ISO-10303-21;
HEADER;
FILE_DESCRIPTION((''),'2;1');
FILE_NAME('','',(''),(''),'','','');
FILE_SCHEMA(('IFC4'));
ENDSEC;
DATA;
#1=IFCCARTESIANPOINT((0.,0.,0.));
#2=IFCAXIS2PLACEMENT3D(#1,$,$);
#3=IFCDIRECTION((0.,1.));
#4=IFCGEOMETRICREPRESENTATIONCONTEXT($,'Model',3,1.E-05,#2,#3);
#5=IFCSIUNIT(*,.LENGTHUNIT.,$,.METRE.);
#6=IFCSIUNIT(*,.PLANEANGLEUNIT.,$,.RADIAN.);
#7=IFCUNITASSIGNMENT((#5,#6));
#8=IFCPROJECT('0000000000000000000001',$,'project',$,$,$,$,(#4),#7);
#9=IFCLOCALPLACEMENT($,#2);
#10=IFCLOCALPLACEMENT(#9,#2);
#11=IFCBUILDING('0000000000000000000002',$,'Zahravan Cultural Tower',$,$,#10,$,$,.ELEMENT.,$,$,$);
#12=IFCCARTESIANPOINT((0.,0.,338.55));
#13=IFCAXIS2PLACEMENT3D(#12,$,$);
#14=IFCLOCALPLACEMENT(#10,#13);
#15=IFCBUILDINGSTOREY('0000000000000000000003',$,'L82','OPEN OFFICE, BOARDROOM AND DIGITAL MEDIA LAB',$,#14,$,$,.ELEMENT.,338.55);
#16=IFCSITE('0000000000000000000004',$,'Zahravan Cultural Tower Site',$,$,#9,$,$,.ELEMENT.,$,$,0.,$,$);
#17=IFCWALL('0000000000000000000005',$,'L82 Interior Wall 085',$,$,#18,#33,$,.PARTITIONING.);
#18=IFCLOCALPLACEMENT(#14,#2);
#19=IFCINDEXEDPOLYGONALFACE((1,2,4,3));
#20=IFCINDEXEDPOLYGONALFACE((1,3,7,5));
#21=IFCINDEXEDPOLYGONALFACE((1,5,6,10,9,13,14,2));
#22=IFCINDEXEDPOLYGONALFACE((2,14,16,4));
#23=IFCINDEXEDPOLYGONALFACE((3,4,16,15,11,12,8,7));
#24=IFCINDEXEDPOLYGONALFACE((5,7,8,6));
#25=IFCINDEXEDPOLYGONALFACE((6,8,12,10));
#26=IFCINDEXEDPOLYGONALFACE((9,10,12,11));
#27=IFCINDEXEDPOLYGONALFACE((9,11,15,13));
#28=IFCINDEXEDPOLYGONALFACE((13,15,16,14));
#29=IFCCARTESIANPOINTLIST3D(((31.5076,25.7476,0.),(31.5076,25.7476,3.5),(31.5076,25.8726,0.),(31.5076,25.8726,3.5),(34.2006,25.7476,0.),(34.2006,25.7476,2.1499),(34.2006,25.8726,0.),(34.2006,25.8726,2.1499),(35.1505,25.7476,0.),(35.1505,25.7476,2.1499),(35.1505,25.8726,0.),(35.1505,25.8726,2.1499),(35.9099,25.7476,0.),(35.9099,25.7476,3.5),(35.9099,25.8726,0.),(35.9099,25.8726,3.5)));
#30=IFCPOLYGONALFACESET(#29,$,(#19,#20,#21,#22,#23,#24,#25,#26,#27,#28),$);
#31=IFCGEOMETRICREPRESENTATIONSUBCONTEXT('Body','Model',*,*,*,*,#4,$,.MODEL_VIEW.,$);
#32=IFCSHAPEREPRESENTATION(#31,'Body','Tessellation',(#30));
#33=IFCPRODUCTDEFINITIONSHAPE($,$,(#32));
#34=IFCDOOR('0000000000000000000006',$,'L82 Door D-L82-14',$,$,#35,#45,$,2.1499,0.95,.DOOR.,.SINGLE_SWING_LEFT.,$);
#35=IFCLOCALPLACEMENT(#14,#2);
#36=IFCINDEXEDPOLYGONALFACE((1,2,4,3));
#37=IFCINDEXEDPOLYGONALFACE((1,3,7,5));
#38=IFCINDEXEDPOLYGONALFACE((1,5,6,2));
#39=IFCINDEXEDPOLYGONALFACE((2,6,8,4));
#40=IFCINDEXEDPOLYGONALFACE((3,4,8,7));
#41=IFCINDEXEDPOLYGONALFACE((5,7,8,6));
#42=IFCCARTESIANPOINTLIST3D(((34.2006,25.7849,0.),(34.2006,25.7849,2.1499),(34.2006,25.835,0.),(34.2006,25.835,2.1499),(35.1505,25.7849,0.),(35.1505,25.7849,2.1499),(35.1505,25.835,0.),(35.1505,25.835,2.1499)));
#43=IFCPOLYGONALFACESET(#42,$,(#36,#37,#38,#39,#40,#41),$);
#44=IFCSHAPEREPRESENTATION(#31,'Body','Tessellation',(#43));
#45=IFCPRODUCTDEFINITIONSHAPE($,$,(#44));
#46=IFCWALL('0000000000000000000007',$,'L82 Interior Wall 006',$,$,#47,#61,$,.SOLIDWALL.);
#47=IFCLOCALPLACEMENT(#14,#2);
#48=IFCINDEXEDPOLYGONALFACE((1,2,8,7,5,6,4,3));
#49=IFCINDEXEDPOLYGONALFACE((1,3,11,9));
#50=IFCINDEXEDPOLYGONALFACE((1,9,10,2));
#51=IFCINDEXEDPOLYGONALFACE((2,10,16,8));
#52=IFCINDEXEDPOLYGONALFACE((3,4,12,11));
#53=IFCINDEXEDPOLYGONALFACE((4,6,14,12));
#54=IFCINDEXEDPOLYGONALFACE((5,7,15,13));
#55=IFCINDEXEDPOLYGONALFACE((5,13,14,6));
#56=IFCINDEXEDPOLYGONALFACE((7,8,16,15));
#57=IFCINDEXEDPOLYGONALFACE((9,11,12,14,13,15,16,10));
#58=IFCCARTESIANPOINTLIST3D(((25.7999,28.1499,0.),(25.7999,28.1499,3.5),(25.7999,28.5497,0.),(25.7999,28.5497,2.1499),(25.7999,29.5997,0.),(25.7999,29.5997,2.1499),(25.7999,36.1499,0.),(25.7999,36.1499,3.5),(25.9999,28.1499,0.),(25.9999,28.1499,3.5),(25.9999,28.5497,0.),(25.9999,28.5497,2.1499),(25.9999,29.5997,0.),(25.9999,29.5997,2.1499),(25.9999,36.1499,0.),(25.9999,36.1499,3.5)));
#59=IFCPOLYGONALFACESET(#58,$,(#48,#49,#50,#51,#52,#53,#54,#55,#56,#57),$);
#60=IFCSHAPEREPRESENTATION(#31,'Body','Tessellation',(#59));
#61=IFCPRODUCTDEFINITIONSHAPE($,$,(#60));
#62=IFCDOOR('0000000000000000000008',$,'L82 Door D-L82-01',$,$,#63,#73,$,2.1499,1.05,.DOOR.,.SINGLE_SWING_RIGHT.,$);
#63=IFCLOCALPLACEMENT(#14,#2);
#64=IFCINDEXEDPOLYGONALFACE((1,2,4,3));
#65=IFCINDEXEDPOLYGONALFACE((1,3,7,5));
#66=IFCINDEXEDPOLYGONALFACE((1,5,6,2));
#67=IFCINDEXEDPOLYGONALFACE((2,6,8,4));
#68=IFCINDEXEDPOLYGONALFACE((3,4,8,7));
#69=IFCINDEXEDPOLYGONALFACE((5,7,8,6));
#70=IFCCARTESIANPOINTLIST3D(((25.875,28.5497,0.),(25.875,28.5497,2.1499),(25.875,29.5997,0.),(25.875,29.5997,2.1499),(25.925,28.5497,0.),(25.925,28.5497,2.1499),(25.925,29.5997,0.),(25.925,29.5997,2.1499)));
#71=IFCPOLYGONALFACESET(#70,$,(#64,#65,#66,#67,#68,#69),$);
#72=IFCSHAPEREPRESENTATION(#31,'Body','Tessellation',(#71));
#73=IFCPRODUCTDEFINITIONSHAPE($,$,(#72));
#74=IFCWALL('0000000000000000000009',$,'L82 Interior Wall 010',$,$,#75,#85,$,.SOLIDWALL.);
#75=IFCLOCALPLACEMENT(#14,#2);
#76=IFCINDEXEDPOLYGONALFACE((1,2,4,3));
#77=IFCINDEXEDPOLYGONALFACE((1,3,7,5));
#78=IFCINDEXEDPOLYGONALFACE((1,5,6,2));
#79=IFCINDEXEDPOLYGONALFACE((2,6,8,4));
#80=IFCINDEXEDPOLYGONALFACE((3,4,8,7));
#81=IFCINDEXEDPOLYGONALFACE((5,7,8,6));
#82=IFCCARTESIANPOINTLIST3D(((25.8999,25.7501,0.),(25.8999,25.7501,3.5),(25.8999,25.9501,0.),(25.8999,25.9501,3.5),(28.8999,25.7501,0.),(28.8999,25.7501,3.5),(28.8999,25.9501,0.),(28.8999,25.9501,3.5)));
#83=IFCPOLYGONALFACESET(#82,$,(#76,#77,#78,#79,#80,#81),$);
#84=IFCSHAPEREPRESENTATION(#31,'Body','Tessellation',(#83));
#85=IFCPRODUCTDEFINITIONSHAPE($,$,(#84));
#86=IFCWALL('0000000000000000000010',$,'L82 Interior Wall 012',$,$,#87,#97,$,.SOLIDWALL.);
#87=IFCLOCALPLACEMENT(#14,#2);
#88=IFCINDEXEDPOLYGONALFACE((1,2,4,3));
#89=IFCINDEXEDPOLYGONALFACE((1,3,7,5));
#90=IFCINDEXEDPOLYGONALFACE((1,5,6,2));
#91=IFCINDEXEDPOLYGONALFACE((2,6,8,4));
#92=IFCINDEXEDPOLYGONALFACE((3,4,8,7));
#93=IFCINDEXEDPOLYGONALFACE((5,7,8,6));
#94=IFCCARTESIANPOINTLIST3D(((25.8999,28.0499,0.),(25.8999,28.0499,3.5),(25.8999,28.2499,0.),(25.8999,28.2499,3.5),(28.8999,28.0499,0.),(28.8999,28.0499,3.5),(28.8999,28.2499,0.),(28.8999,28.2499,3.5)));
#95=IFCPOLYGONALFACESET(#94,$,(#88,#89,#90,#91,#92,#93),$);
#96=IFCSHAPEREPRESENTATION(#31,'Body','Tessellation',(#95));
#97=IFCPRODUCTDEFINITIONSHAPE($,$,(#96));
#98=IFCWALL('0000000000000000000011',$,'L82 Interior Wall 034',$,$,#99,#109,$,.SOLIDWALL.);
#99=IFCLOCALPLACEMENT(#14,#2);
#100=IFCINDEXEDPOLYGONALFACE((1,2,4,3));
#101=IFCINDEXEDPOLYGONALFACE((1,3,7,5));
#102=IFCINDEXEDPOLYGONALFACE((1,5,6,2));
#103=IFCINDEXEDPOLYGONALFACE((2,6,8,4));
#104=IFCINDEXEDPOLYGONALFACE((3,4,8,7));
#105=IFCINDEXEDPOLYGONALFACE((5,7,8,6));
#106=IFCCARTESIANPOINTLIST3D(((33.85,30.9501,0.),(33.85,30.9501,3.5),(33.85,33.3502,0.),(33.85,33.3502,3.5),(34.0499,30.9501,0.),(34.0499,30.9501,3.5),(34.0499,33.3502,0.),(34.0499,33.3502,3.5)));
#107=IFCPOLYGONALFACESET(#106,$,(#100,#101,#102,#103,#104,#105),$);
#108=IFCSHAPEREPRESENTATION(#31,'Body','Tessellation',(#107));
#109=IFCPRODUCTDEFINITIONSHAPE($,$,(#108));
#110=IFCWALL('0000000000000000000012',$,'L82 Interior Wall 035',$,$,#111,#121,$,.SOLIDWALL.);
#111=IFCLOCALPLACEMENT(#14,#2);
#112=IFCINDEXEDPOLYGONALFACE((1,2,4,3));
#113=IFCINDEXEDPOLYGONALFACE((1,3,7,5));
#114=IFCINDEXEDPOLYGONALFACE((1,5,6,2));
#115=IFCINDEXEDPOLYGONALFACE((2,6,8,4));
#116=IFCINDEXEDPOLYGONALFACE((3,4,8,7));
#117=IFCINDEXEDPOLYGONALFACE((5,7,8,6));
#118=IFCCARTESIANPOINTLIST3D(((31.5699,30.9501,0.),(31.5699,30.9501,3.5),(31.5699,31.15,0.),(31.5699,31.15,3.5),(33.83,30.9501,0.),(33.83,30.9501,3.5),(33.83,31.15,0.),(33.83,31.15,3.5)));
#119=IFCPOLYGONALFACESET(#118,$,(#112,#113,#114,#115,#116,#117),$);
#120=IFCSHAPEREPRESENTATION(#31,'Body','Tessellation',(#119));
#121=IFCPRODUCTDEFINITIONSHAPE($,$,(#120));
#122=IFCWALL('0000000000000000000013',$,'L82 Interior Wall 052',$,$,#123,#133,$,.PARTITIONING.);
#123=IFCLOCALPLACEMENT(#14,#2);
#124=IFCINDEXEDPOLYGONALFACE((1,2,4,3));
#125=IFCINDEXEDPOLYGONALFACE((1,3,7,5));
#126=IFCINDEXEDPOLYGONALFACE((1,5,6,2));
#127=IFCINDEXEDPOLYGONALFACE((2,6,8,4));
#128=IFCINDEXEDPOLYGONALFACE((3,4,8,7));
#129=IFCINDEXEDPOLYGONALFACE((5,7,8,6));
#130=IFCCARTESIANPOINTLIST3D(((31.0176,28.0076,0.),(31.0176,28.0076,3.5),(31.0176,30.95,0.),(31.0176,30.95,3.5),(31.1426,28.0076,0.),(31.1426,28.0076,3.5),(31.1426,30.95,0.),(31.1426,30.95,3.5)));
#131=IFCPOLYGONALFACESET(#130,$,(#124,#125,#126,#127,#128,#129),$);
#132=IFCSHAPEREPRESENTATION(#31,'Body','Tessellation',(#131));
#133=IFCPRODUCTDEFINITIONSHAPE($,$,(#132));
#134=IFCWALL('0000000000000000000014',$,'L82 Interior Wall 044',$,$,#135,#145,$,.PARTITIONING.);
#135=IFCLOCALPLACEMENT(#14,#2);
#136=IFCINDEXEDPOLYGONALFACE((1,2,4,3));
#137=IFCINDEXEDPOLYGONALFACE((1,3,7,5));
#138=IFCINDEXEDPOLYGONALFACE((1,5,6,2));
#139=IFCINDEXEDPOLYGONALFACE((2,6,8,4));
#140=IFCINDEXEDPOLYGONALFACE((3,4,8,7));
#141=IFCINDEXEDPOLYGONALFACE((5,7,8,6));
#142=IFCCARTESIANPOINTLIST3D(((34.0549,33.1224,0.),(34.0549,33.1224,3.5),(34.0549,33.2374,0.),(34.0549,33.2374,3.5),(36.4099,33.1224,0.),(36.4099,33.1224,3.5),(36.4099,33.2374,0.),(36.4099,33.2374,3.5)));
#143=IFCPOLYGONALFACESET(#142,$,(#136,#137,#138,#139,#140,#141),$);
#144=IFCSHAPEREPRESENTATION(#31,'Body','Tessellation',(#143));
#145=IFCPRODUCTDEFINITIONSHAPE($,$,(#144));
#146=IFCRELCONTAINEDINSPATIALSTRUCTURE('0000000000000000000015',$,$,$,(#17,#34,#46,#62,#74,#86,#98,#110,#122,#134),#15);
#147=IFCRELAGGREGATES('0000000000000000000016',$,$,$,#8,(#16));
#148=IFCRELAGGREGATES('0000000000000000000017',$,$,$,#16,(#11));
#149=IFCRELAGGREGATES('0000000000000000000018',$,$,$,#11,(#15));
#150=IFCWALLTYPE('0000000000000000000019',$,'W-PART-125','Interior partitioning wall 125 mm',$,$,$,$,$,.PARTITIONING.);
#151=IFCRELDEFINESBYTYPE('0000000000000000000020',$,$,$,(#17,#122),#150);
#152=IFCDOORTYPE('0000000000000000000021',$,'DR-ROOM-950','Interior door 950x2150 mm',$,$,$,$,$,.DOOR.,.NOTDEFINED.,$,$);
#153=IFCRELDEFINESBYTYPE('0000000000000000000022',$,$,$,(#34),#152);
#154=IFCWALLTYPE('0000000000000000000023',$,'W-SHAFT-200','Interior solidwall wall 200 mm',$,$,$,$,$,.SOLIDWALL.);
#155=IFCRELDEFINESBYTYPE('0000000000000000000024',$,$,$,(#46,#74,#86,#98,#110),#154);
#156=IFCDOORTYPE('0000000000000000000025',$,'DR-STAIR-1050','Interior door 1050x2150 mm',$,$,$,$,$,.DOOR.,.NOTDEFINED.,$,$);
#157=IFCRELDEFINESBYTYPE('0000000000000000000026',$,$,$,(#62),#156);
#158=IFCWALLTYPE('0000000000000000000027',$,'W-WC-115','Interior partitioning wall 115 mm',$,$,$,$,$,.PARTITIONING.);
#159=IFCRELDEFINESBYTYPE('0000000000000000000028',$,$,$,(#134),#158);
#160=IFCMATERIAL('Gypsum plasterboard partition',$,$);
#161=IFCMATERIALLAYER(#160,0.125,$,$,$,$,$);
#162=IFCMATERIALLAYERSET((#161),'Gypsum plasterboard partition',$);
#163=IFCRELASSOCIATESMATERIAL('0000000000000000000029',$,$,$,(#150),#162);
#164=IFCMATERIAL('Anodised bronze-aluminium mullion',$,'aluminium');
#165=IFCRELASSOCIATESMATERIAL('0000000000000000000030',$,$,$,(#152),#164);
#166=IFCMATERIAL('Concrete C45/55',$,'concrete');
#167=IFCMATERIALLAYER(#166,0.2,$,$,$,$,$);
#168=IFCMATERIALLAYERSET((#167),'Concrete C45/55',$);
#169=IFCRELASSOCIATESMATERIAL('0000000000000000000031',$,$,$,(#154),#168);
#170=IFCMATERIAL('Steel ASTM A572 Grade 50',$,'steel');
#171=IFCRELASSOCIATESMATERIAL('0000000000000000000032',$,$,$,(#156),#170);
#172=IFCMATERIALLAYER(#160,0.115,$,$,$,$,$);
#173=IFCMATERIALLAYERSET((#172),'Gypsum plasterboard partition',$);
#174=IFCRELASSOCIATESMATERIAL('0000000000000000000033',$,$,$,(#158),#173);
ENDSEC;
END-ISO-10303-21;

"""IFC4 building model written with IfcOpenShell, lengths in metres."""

from ifc_helpers import new_model, si_unit, direction, frame, frame_2d, origin, place, context, subcontext, project, spatial, rectangle, extrude, source, transform, mapped, material, layer, layer_set, type_object, element, fill, save


model = new_model("IFC4")

# Units and contexts
model_context = context("Model", 3, precision=1e-05, world=origin(), true_north=direction((0.0, 1.0)))
body_context = subcontext(model_context, "Body", "Model", "MODEL_VIEW")
ifc_project = project(units=[si_unit("LENGTHUNIT", "METRE"), si_unit("PLANEANGLEUNIT", "RADIAN")], contexts=[model_context])

# Site, building, storey
site_placement = place(None, origin())
site = spatial("IfcSite", under=ifc_project, at=site_placement, Name="Zahravan Cultural Tower Site", CompositionType="ELEMENT", RefElevation=0.0)
building_placement = place(site_placement, origin())
building = spatial("IfcBuilding", under=site, at=building_placement, Name="Zahravan Cultural Tower", CompositionType="ELEMENT")
storey_placement = place(building_placement, frame((0.0, 0.0, 338.55)))
storey = spatial("IfcBuildingStorey", under=building, at=storey_placement, Name="L82", Description="OPEN OFFICE, BOARDROOM AND DIGITAL MEDIA LAB", CompositionType="ELEMENT", Elevation=338.55)

# Walls, openings, doors
ifc_material_1 = material(Name="Steel ASTM A572 Grade 50", Category="steel")
ifc_material_2 = material(Name="Gypsum plasterboard partition")
ifc_layer_1 = layer(ifc_material_2, 0.125)
ifc_layer_set_1 = layer_set([ifc_layer_1], Name="Gypsum plasterboard partition")
wall_type_1 = type_object("IfcWallType", Name="W-PART-125", Description="Interior partitioning wall 125 mm", PredefinedType="PARTITIONING", material=ifc_layer_set_1)
ifc_material_3 = material(Name="Anodised bronze-aluminium mullion", Category="aluminium")
door_type_1 = type_object("IfcDoorType", Name="DR-ROOM-950", Description="Interior door 950x2150 mm", OperationType="NOTDEFINED", PredefinedType="DOOR", material=ifc_material_3)
shared_shape_1 = source(origin(), body_context, "Body", "SweptSolid", [
    extrude(rectangle(XDim=0.95, YDim=2.1499, at=frame_2d((0.4751, 1.075))), frame((0.0, 0.0249, 0.0), z_axis=(0.0, -1.0, 0.0), x_axis=(1.0, 0.0, 0.0)), (0.0, 0.0, 1.0), 0.05),
])
wall_1_placement = place(storey_placement, frame((31.5076, 25.8101, 0.0), z_axis=(0.0, 0.0, 1.0), x_axis=(1.0, 0.0, 0.0)))
wall_1 = element("IfcWall", 1, at=wall_1_placement, inside=storey, type_object=wall_type_1, Name="L82 Interior Wall 085", PredefinedType="PARTITIONING", context=body_context, shape_type="SweptSolid", body=[
    extrude(rectangle(XDim=4.4023, YDim=0.125, at=frame_2d((2.2012, 0.0))), origin(), (0.0, 0.0, 1.0), 3.5),
])
opening_1_placement = place(wall_1_placement, frame((2.6929, 0.0, 0.0)))
opening_1 = element("IfcOpeningElement", 2, at=opening_1_placement, cuts=wall_1, PredefinedType="OPENING", context=body_context, shape_type="SweptSolid", body=[
    extrude(rectangle(XDim=0.95, YDim=2.1499, at=frame_2d((0.4751, 1.075))), frame((0.0, 0.0725, 0.0), z_axis=(0.0, -1.0, 0.0), x_axis=(1.0, 0.0, 0.0)), (0.0, 0.0, 1.0), 0.145),
])
door_1_placement = place(opening_1_placement, origin())
door_1 = element("IfcDoor", 3, at=door_1_placement, inside=storey, type_object=door_type_1, Name="L82 Door D-L82-14", OperationType="SINGLE_SWING_LEFT", OverallHeight=2.1499, OverallWidth=0.95, PredefinedType="DOOR", context=body_context, shape_type="MappedRepresentation", body=[
    mapped(shared_shape_1, transform((0.0, 0.0, 0.0), x_axis=(1.0, 0.0, 0.0), y_axis=(0.0, 1.0, 0.0), z_axis=(0.0, 0.0, 1.0), scale=1.0)),
])
fill(opening_1, door_1)
ifc_material_4 = material(Name="Concrete C45/55", Category="concrete")
ifc_layer_2 = layer(ifc_material_4, 0.2)
ifc_layer_set_2 = layer_set([ifc_layer_2], Name="Concrete C45/55")
wall_type_2 = type_object("IfcWallType", Name="W-SHAFT-200", Description="Interior solidwall wall 200 mm", PredefinedType="SOLIDWALL", material=ifc_layer_set_2)
wall_2_placement = place(storey_placement, frame((25.8999, 28.1499, 0.0), z_axis=(0.0, 0.0, 1.0), x_axis=(0.0, 1.0, 0.0)))
wall_2 = element("IfcWall", 4, at=wall_2_placement, inside=storey, type_object=wall_type_2, Name="L82 Interior Wall 006", PredefinedType="SOLIDWALL", context=body_context, shape_type="SweptSolid", body=[
    extrude(rectangle(XDim=8.0, YDim=0.2, at=frame_2d((4.0, 0.0))), origin(), (0.0, 0.0, 1.0), 3.5),
])
opening_2_placement = place(wall_2_placement, frame((0.3999, 0.0, 0.0)))
opening_2 = element("IfcOpeningElement", 5, at=opening_2_placement, cuts=wall_2, PredefinedType="OPENING", context=body_context, shape_type="SweptSolid", body=[
    extrude(rectangle(XDim=1.05, YDim=2.1499, at=frame_2d((0.5249, 1.075))), frame((0.0, 0.1099, 0.0), z_axis=(0.0, -1.0, 0.0), x_axis=(1.0, 0.0, 0.0)), (0.0, 0.0, 1.0), 0.22),
])
door_type_2 = type_object("IfcDoorType", Name="DR-STAIR-1050", Description="Interior door 1050x2150 mm", OperationType="NOTDEFINED", PredefinedType="DOOR", material=ifc_material_1)
shared_shape_2 = source(origin(), body_context, "Body", "SweptSolid", [
    extrude(rectangle(XDim=1.05, YDim=2.1499, at=frame_2d((0.5249, 1.075))), frame((0.0, 0.0249, 0.0), z_axis=(0.0, -1.0, 0.0), x_axis=(1.0, 0.0, 0.0)), (0.0, 0.0, 1.0), 0.05),
])
door_2_placement = place(opening_2_placement, origin())
door_2 = element("IfcDoor", 6, at=door_2_placement, inside=storey, type_object=door_type_2, Name="L82 Door D-L82-01", OperationType="SINGLE_SWING_RIGHT", OverallHeight=2.1499, OverallWidth=1.05, PredefinedType="DOOR", context=body_context, shape_type="MappedRepresentation", body=[
    mapped(shared_shape_2, transform((0.0, 0.0, 0.0), x_axis=(1.0, 0.0, 0.0), y_axis=(0.0, 1.0, 0.0), z_axis=(0.0, 0.0, 1.0), scale=1.0)),
])
fill(opening_2, door_2)

# Walls
shared_shape_3 = source(origin(), body_context, "Body", "SweptSolid", [
    extrude(rectangle(XDim=3.0, YDim=0.2, at=frame_2d((1.5, 0.0))), origin(), (0.0, 0.0, 1.0), 3.5),
])
for number, where, z_axis, x_axis, name in (
    (7, (25.8999, 25.8501, 0.0), (0.0, 0.0, 1.0), (1.0, 0.0, 0.0), "L82 Interior Wall 010"),
    (8, (25.8999, 28.1499, 0.0), (0.0, 0.0, 1.0), (1.0, 0.0, 0.0), "L82 Interior Wall 012"),
):
    element("IfcWall", number, at=place(storey_placement, frame(where, z_axis=z_axis, x_axis=x_axis)), inside=storey, type_object=wall_type_2, Name=name, PredefinedType="SOLIDWALL", context=body_context, shape_type="MappedRepresentation", body=[
        mapped(shared_shape_3, transform((0.0, 0.0, 0.0), x_axis=(1.0, 0.0, 0.0), y_axis=(0.0, 1.0, 0.0), z_axis=(0.0, 0.0, 1.0), scale=1.0)),
    ])
shared_shape_4 = source(origin(), body_context, "Body", "SweptSolid", [
    extrude(rectangle(XDim=2.4001, YDim=0.2, at=frame_2d((1.2002, 0.0))), origin(), (0.0, 0.0, 1.0), 3.5),
])
wall_3_placement = place(storey_placement, frame((33.95, 30.95, 0.0), z_axis=(0.0, 0.0, 1.0), x_axis=(0.0, 1.0, 0.0)))
element("IfcWall", 9, at=wall_3_placement, inside=storey, type_object=wall_type_2, Name="L82 Interior Wall 034", PredefinedType="SOLIDWALL", context=body_context, shape_type="MappedRepresentation", body=[
    mapped(shared_shape_4, transform((0.0, 0.0, 0.0), x_axis=(1.0, 0.0, 0.0), y_axis=(0.0, 1.0, 0.0), z_axis=(0.0, 0.0, 1.0), scale=1.0)),
])
shared_shape_5 = source(origin(), body_context, "Body", "SweptSolid", [
    extrude(rectangle(XDim=2.26, YDim=0.2, at=frame_2d((1.1299, 0.0))), origin(), (0.0, 0.0, 1.0), 3.5),
])
wall_4_placement = place(storey_placement, frame((31.5701, 31.05, 0.0), z_axis=(0.0, 0.0, 1.0), x_axis=(1.0, 0.0, 0.0)))
element("IfcWall", 10, at=wall_4_placement, inside=storey, type_object=wall_type_2, Name="L82 Interior Wall 035", PredefinedType="SOLIDWALL", context=body_context, shape_type="MappedRepresentation", body=[
    mapped(shared_shape_5, transform((0.0, 0.0, 0.0), x_axis=(1.0, 0.0, 0.0), y_axis=(0.0, 1.0, 0.0), z_axis=(0.0, 0.0, 1.0), scale=1.0)),
])
shared_shape_6 = source(origin(), body_context, "Body", "SweptSolid", [
    extrude(rectangle(XDim=2.9424, YDim=0.125, at=frame_2d((1.4712, 0.0))), origin(), (0.0, 0.0, 1.0), 3.5),
])
wall_5_placement = place(storey_placement, frame((31.0801, 28.0076, 0.0), z_axis=(0.0, 0.0, 1.0), x_axis=(0.0, 1.0, 0.0)))
element("IfcWall", 11, at=wall_5_placement, inside=storey, type_object=wall_type_1, Name="L82 Interior Wall 052", PredefinedType="PARTITIONING", context=body_context, shape_type="MappedRepresentation", body=[
    mapped(shared_shape_6, transform((0.0, 0.0, 0.0), x_axis=(1.0, 0.0, 0.0), y_axis=(0.0, 1.0, 0.0), z_axis=(0.0, 0.0, 1.0), scale=1.0)),
])
ifc_layer_3 = layer(ifc_material_2, 0.115)
ifc_layer_set_3 = layer_set([ifc_layer_3], Name="Gypsum plasterboard partition")
wall_type_3 = type_object("IfcWallType", Name="W-WC-115", Description="Interior partitioning wall 115 mm", PredefinedType="PARTITIONING", material=ifc_layer_set_3)
shared_shape_7 = source(origin(), body_context, "Body", "SweptSolid", [
    extrude(rectangle(XDim=2.355, YDim=0.115, at=frame_2d((1.1775, 0.0))), origin(), (0.0, 0.0, 1.0), 3.5),
])
wall_6_placement = place(storey_placement, frame((34.0549, 33.1799, 0.0), z_axis=(0.0, 0.0, 1.0), x_axis=(1.0, 0.0, 0.0)))
element("IfcWall", 12, at=wall_6_placement, inside=storey, type_object=wall_type_3, Name="L82 Interior Wall 044", PredefinedType="PARTITIONING", context=body_context, shape_type="MappedRepresentation", body=[
    mapped(shared_shape_7, transform((0.0, 0.0, 0.0), x_axis=(1.0, 0.0, 0.0), y_axis=(0.0, 1.0, 0.0), z_axis=(0.0, 0.0, 1.0), scale=1.0)),
])

save(model, "model.ifc")
